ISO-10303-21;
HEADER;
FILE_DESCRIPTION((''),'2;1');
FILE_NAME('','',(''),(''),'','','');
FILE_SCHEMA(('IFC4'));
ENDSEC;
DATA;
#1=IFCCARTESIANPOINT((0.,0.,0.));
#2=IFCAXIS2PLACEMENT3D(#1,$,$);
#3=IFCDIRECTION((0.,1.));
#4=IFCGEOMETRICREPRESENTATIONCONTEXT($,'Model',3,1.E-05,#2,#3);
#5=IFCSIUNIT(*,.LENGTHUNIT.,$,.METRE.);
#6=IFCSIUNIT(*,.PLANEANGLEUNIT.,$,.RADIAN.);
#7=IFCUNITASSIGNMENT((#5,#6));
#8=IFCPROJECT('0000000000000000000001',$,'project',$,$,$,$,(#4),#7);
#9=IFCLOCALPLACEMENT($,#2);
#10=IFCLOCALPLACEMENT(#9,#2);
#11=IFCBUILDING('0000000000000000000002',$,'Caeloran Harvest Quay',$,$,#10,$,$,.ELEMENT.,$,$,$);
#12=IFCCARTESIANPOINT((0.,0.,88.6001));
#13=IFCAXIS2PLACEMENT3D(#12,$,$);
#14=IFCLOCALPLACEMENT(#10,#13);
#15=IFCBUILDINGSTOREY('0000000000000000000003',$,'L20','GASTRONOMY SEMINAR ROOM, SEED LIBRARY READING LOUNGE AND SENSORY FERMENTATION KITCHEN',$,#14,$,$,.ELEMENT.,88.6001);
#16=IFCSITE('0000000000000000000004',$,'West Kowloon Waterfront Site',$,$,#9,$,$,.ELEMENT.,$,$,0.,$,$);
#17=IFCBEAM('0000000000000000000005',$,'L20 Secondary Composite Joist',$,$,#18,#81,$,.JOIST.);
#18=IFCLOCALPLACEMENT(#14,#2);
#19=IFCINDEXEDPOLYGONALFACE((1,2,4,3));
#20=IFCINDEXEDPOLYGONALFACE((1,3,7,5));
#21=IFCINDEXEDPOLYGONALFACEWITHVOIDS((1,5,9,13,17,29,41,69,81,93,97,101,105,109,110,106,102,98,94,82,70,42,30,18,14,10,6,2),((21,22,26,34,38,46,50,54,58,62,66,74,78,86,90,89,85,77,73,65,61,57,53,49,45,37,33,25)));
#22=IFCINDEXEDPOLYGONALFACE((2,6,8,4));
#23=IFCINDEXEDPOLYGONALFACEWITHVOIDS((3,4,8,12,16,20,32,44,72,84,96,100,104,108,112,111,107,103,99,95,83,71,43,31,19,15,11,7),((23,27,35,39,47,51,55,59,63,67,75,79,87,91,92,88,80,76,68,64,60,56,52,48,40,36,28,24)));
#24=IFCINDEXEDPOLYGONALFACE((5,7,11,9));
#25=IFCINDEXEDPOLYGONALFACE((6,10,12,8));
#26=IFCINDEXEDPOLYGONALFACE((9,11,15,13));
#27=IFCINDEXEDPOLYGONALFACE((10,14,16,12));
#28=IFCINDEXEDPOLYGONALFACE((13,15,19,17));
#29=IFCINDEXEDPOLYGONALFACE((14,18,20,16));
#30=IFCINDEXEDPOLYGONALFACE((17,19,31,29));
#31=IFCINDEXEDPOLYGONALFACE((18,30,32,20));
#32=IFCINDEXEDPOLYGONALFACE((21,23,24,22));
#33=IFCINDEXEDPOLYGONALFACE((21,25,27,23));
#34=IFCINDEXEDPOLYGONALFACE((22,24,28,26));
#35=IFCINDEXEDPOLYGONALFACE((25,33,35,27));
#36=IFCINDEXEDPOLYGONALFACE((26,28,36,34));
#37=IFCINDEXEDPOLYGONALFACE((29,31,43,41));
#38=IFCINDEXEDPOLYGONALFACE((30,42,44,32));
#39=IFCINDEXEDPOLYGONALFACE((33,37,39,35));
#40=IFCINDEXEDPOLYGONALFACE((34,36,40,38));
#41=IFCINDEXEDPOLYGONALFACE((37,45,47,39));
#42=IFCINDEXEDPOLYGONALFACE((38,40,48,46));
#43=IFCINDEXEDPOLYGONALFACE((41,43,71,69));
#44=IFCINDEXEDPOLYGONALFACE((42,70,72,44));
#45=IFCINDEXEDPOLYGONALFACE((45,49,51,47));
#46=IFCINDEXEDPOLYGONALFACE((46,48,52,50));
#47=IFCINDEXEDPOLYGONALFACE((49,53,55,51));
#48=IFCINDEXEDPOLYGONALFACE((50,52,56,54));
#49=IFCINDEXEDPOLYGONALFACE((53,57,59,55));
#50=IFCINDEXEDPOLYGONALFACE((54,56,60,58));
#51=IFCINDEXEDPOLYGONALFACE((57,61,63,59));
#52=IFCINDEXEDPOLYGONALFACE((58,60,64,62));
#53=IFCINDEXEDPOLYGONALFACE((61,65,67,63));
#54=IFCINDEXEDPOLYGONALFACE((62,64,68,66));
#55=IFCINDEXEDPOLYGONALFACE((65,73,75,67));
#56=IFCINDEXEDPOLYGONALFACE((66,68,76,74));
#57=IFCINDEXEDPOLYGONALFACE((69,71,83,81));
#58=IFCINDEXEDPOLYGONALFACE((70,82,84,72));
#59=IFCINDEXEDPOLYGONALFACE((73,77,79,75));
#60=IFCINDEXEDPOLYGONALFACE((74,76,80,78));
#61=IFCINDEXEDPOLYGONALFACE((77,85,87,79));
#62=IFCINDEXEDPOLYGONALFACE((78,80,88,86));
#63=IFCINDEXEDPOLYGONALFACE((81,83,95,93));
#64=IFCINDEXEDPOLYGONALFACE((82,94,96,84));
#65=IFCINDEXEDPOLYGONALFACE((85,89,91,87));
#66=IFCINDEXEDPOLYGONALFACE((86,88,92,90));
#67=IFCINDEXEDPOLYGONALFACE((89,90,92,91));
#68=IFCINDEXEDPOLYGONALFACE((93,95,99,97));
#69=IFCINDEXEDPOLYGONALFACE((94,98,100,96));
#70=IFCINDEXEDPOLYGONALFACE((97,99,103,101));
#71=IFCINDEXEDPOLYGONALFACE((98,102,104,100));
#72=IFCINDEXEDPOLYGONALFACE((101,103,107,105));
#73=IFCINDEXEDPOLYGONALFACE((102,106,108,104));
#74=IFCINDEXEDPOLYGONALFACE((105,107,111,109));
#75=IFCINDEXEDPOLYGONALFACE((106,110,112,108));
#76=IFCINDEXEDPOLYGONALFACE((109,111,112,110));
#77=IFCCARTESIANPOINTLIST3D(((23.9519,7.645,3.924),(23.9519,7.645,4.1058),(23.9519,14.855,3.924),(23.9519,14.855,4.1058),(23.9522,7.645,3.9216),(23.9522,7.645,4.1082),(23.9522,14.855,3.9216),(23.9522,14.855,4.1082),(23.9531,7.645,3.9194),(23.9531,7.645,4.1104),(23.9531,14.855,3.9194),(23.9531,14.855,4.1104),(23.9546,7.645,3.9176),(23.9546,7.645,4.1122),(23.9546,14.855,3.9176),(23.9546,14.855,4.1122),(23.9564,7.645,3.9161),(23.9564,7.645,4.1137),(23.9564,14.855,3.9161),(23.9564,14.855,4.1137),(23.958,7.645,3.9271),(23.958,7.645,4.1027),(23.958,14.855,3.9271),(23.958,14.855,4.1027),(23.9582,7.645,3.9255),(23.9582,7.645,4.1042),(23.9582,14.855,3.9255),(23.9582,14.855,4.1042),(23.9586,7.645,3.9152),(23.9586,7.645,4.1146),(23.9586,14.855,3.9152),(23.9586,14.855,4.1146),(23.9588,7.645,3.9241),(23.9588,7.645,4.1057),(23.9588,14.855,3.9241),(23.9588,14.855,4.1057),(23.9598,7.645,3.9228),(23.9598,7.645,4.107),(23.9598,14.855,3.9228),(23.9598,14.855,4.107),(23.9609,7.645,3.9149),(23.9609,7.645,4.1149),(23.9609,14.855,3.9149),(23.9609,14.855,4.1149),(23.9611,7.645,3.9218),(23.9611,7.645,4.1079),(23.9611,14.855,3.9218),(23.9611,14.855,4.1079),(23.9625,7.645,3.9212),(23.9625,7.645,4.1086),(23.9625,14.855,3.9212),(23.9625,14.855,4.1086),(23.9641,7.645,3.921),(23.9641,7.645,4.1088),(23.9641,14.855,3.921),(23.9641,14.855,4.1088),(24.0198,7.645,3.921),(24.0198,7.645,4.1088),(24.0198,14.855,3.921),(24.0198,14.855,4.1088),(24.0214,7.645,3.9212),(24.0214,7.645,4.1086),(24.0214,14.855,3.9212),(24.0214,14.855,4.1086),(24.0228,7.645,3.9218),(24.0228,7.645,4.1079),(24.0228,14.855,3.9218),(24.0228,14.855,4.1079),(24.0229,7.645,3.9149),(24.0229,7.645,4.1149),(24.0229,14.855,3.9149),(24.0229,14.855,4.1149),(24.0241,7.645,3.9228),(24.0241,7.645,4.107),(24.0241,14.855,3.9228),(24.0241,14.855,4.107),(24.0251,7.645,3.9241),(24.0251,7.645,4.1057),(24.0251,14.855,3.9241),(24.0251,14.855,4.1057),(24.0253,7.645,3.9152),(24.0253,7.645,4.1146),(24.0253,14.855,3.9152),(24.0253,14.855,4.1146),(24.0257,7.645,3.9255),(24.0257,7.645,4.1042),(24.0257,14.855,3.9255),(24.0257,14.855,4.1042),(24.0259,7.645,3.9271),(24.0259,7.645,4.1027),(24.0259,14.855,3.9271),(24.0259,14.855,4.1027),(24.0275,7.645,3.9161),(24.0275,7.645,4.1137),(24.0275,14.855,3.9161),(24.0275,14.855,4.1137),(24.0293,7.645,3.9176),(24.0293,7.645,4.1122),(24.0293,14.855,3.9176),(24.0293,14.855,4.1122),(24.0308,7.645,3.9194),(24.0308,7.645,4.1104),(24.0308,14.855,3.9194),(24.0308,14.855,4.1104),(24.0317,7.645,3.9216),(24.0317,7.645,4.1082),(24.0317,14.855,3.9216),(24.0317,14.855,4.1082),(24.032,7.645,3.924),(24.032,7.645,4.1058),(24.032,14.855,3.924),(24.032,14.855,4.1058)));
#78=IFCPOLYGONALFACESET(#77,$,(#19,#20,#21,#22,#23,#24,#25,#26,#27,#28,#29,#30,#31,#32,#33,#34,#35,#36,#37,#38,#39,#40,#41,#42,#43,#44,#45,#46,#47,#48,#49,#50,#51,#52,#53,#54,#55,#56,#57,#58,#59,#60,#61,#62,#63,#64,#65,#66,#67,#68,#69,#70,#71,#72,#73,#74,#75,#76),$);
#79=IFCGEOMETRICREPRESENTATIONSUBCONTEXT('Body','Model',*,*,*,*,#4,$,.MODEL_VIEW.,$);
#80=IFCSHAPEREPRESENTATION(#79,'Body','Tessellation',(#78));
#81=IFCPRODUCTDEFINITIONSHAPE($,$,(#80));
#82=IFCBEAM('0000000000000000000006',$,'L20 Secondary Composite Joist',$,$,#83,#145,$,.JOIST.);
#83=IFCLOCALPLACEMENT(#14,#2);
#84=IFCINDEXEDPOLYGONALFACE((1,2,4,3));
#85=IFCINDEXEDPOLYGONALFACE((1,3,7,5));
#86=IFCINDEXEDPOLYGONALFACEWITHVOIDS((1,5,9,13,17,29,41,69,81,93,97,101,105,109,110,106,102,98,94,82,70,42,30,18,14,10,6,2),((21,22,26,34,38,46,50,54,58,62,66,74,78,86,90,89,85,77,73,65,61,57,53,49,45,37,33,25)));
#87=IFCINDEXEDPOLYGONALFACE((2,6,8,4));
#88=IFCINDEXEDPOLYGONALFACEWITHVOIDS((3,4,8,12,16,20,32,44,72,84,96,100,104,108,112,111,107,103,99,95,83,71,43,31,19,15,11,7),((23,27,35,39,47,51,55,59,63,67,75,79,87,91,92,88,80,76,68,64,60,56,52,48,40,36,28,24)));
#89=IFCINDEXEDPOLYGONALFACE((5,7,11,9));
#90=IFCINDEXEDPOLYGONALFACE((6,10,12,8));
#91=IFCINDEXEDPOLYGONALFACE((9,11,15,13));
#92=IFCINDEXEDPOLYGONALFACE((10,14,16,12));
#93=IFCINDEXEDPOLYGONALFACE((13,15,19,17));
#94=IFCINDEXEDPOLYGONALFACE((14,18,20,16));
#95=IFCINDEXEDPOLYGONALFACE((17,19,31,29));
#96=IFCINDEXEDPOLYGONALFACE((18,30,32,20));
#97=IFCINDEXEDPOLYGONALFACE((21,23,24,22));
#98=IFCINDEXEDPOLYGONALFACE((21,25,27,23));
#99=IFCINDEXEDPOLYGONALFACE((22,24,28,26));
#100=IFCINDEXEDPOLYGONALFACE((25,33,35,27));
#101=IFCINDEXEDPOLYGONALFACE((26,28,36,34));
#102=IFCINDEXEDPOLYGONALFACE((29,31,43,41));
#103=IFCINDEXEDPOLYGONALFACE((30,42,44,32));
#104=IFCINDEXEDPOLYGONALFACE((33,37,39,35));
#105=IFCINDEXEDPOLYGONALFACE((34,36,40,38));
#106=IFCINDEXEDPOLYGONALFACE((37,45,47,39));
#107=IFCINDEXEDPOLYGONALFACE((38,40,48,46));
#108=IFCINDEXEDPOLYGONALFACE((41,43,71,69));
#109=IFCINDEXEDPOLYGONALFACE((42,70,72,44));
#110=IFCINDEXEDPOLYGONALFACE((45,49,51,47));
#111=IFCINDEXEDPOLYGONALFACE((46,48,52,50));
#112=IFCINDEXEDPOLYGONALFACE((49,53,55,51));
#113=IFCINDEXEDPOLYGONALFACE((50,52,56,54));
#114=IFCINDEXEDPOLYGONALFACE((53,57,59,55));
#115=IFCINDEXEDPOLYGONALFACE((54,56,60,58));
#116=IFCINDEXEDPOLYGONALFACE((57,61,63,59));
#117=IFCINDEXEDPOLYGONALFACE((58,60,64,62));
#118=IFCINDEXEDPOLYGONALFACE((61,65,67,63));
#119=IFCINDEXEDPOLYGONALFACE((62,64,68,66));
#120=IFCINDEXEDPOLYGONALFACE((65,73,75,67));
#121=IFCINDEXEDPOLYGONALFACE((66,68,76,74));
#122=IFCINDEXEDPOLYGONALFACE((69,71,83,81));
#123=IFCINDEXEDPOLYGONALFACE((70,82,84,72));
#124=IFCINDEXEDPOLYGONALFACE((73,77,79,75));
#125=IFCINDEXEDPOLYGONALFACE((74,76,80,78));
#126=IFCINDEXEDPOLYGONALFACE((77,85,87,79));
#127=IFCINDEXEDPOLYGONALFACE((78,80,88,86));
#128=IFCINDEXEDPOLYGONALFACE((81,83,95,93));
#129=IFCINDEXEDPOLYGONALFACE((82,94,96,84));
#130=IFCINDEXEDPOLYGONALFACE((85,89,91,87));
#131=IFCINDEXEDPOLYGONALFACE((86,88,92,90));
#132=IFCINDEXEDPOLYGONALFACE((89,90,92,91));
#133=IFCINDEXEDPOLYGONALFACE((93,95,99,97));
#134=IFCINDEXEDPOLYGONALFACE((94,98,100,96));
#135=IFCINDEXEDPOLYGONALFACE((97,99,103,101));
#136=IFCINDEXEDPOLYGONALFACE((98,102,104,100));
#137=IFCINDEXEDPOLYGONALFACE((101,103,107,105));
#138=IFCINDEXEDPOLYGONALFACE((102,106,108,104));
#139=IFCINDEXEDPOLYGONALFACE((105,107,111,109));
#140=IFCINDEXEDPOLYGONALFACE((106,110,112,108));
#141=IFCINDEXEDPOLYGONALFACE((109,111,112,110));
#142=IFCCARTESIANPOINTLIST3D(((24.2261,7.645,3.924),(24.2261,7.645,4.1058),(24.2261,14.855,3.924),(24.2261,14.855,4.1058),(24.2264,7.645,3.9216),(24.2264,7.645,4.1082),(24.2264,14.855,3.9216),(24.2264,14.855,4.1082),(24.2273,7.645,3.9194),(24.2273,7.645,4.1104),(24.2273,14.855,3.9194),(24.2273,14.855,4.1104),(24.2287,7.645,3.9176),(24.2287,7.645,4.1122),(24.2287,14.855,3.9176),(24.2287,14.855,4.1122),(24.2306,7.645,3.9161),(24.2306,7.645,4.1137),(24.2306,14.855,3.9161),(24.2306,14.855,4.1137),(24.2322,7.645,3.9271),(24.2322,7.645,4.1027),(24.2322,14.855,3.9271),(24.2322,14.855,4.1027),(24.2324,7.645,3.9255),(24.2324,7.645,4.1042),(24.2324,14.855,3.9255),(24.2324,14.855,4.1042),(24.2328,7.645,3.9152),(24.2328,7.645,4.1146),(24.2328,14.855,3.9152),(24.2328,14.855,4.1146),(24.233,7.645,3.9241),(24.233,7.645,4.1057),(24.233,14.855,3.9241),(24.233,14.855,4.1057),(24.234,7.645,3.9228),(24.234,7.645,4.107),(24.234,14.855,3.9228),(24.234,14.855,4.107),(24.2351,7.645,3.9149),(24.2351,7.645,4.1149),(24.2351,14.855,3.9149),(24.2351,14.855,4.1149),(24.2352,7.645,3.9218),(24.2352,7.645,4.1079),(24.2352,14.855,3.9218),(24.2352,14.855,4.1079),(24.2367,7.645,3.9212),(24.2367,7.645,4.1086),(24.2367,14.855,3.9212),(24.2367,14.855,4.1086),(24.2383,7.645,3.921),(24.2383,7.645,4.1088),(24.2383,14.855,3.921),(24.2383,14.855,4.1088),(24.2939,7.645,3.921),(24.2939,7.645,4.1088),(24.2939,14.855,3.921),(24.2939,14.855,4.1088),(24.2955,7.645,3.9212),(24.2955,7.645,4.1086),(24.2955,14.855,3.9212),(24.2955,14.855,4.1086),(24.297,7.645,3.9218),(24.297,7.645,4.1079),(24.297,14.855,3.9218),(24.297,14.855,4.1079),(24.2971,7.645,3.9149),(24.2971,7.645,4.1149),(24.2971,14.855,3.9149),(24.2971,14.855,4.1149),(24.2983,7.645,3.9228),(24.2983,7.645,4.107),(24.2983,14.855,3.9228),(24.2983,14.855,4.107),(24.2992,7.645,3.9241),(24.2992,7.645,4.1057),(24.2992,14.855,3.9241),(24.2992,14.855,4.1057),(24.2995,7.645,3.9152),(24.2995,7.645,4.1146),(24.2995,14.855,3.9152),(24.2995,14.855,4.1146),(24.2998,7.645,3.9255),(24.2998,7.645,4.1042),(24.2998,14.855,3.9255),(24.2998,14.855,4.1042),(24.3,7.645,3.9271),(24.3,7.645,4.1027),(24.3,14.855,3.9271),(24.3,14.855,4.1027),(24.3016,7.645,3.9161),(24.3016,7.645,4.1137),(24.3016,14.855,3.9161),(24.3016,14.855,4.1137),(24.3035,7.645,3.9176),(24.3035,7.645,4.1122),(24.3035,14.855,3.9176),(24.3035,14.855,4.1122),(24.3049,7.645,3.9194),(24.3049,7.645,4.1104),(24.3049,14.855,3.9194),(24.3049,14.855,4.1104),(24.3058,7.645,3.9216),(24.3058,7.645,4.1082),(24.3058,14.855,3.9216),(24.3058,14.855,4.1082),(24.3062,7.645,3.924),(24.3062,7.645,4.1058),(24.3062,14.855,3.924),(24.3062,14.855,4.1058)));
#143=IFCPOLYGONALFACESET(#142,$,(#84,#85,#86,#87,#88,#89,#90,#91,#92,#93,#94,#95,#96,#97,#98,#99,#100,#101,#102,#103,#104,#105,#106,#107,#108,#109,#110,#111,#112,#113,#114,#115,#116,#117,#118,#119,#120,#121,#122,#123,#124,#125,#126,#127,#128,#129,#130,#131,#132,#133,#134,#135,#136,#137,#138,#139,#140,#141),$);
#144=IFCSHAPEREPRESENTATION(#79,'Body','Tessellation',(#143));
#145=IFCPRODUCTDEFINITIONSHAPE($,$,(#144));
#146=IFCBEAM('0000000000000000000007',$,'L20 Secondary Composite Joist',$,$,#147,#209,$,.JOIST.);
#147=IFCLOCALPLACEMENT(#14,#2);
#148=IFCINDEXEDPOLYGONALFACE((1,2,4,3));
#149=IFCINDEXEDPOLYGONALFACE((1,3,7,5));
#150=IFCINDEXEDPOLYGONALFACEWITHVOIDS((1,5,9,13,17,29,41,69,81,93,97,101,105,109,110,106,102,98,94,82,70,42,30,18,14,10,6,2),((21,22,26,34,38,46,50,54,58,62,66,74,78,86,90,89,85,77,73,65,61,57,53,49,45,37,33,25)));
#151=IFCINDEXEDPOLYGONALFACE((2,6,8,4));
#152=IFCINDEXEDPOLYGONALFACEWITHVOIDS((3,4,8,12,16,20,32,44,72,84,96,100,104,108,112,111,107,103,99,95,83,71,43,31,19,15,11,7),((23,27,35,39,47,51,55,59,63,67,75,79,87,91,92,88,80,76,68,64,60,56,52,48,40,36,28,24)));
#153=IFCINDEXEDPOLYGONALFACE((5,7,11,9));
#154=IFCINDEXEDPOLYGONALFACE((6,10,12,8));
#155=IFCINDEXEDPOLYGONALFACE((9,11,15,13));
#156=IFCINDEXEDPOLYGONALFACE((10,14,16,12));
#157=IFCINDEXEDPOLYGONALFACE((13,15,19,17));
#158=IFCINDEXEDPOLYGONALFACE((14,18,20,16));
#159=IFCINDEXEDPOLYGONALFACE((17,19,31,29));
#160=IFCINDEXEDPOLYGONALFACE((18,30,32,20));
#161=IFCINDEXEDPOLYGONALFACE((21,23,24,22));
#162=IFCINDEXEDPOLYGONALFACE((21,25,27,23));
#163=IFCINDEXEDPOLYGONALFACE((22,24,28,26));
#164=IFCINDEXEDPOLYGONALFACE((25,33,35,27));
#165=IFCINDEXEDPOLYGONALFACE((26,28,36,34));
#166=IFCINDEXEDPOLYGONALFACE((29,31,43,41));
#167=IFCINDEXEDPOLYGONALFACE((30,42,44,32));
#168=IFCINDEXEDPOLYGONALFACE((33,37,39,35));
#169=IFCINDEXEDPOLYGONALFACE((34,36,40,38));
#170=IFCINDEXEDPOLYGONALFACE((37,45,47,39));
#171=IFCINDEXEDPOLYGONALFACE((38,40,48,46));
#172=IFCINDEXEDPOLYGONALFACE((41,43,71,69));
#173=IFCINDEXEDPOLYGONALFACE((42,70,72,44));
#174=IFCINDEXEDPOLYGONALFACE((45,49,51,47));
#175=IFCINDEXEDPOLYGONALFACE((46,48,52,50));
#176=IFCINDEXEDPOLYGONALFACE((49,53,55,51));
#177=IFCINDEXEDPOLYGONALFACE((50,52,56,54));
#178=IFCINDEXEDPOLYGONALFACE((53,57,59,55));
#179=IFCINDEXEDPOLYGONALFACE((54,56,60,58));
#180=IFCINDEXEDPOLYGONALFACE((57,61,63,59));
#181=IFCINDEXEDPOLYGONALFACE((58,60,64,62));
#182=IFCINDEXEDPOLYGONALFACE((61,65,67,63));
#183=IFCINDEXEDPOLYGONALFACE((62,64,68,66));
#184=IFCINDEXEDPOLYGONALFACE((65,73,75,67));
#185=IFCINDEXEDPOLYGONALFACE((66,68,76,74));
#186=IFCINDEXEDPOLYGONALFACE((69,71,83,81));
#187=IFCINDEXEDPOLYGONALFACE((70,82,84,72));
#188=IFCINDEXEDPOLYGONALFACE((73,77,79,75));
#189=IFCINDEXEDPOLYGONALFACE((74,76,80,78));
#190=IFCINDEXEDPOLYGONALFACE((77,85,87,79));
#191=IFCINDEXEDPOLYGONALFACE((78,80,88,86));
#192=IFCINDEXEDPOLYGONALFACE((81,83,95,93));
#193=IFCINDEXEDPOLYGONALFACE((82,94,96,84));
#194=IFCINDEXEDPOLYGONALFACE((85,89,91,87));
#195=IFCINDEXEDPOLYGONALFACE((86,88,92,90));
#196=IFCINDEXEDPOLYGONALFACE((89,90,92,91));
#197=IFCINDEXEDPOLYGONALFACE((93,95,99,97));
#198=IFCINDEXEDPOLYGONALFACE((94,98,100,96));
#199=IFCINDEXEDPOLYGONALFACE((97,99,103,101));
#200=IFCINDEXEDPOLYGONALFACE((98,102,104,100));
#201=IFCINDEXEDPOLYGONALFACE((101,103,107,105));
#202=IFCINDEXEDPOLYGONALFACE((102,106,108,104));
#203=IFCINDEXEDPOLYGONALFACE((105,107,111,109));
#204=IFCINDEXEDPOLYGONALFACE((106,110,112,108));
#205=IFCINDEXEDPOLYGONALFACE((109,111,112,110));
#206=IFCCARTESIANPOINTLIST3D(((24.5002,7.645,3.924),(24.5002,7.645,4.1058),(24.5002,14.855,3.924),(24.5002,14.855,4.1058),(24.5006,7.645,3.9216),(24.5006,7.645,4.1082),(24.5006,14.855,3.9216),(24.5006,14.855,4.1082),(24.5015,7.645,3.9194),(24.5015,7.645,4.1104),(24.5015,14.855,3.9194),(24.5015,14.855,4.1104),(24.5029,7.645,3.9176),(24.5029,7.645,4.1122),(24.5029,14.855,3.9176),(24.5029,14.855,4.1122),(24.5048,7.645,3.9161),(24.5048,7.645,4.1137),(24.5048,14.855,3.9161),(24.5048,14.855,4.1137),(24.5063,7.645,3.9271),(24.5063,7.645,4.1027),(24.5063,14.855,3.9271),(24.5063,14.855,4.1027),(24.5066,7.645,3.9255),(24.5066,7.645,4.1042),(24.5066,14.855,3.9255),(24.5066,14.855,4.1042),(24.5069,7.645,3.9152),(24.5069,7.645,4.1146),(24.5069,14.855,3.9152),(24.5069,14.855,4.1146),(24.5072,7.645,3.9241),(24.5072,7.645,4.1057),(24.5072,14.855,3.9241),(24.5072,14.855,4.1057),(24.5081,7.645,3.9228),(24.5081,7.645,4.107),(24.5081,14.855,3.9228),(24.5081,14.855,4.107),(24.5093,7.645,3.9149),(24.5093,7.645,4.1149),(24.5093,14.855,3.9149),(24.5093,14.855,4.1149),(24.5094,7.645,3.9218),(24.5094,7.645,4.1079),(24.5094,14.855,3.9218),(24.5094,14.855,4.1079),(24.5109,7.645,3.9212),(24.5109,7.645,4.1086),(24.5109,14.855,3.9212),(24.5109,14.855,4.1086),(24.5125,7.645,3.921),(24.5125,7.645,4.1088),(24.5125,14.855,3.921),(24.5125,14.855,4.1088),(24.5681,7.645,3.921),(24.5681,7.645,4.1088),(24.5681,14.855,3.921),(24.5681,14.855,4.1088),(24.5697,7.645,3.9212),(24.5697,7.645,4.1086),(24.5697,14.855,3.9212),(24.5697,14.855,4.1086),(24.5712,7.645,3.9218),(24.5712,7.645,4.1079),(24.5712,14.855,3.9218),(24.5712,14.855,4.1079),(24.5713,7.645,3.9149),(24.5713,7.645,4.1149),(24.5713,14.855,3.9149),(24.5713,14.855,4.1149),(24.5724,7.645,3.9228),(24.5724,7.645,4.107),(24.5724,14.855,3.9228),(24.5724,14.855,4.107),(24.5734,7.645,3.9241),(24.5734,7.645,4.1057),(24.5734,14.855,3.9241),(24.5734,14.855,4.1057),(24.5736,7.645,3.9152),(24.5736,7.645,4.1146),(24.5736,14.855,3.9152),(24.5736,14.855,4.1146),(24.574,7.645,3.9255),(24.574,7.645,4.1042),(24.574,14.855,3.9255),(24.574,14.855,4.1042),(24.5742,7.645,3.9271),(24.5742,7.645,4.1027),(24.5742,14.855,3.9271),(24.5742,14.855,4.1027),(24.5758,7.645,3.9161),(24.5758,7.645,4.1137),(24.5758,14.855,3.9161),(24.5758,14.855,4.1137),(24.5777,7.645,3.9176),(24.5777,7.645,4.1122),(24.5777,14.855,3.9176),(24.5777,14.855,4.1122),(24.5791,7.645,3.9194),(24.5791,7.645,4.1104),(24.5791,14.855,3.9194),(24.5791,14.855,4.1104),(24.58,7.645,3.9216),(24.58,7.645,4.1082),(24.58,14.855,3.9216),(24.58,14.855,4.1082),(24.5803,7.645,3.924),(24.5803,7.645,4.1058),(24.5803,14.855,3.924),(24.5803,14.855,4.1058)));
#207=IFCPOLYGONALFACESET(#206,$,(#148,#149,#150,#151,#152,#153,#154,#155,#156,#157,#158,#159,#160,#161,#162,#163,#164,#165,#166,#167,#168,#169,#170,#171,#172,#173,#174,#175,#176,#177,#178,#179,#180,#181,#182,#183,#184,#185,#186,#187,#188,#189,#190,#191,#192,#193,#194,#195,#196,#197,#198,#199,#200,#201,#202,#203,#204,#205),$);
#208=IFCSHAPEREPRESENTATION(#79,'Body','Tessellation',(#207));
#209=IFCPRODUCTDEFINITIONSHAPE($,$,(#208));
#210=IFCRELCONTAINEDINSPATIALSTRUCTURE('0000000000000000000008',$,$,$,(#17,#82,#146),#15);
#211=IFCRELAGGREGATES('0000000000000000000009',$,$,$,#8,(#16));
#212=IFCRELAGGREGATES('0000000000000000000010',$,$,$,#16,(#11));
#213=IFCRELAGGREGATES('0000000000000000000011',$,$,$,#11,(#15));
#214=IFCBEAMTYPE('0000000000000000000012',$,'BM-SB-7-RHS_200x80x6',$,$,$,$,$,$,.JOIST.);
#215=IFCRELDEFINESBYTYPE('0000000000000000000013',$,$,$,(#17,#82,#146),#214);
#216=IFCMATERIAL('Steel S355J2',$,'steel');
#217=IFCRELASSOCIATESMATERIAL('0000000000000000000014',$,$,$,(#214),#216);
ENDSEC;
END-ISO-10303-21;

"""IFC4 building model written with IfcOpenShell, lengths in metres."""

from ifc_helpers import new_model, si_unit, direction, frame, origin, origin_2d, place, context, subcontext, project, spatial, hollow_rectangle, extrude, material, material_profile, profile_set, type_object, element, save


model = new_model("IFC4")

# Units and contexts
model_context = context("Model", 3, precision=1e-05, world=origin(), true_north=direction((0.0, 1.0)))
body_context = subcontext(model_context, "Body", "Model", "MODEL_VIEW")
ifc_project = project(units=[si_unit("LENGTHUNIT", "METRE"), si_unit("PLANEANGLEUNIT", "RADIAN")], contexts=[model_context])

# Site, building, storey
site_placement = place(None, origin())
site = spatial("IfcSite", under=ifc_project, at=site_placement, Name="West Kowloon Waterfront Site", CompositionType="ELEMENT", RefElevation=0.0)
building_placement = place(site_placement, origin())
building = spatial("IfcBuilding", under=site, at=building_placement, Name="Caeloran Harvest Quay", CompositionType="ELEMENT")
storey_placement = place(building_placement, frame((0.0, 0.0, 88.6001)))
storey = spatial("IfcBuildingStorey", under=building, at=storey_placement, Name="L20", Description="GASTRONOMY SEMINAR ROOM, SEED LIBRARY READING LOUNGE AND SENSORY FERMENTATION KITCHEN", CompositionType="ELEMENT", Elevation=88.6001)

# Beams
ifc_material_1 = material(Name="Steel S355J2", Category="steel")
ifc_material_profile_1 = material_profile(ifc_material_1, hollow_rectangle(XDim=0.0801, YDim=0.2, WallThickness=0.0061, InnerFilletRadius=0.0061, OuterFilletRadius=0.009, at=origin_2d()), Name="RHS 200x80x6")
ifc_profile_set_1 = profile_set([ifc_material_profile_1], Name="Steel S355J2")
beam_type_1 = type_object("IfcBeamType", Name="BM-SB-7-RHS_200x80x6", PredefinedType="JOIST", material=ifc_profile_set_1)
for number, where, z_axis, x_axis, name in (
    (1, (23.9919, 7.645, 4.0149), (0.0, 1.0, 0.0), (-1.0, 0.0, 0.0), "L20 Secondary Composite Joist"),
    (2, (24.2661, 7.645, 4.0149), (0.0, 1.0, 0.0), (-1.0, 0.0, 0.0), "L20 Secondary Composite Joist"),
    (3, (24.5403, 7.645, 4.0149), (0.0, 1.0, 0.0), (-1.0, 0.0, 0.0), "L20 Secondary Composite Joist"),
):
    element("IfcBeam", number, at=place(storey_placement, frame(where, z_axis=z_axis, x_axis=x_axis)), inside=storey, type_object=beam_type_1, Name=name, PredefinedType="JOIST", context=body_context, shape_type="SweptSolid", body=[
        extrude(hollow_rectangle(XDim=0.0801, YDim=0.2, WallThickness=0.0061, InnerFilletRadius=0.0061, OuterFilletRadius=0.009, at=origin_2d()), origin(), (0.0, 0.0, 1.0), 7.21),
    ])

save(model, "model.ifc")
